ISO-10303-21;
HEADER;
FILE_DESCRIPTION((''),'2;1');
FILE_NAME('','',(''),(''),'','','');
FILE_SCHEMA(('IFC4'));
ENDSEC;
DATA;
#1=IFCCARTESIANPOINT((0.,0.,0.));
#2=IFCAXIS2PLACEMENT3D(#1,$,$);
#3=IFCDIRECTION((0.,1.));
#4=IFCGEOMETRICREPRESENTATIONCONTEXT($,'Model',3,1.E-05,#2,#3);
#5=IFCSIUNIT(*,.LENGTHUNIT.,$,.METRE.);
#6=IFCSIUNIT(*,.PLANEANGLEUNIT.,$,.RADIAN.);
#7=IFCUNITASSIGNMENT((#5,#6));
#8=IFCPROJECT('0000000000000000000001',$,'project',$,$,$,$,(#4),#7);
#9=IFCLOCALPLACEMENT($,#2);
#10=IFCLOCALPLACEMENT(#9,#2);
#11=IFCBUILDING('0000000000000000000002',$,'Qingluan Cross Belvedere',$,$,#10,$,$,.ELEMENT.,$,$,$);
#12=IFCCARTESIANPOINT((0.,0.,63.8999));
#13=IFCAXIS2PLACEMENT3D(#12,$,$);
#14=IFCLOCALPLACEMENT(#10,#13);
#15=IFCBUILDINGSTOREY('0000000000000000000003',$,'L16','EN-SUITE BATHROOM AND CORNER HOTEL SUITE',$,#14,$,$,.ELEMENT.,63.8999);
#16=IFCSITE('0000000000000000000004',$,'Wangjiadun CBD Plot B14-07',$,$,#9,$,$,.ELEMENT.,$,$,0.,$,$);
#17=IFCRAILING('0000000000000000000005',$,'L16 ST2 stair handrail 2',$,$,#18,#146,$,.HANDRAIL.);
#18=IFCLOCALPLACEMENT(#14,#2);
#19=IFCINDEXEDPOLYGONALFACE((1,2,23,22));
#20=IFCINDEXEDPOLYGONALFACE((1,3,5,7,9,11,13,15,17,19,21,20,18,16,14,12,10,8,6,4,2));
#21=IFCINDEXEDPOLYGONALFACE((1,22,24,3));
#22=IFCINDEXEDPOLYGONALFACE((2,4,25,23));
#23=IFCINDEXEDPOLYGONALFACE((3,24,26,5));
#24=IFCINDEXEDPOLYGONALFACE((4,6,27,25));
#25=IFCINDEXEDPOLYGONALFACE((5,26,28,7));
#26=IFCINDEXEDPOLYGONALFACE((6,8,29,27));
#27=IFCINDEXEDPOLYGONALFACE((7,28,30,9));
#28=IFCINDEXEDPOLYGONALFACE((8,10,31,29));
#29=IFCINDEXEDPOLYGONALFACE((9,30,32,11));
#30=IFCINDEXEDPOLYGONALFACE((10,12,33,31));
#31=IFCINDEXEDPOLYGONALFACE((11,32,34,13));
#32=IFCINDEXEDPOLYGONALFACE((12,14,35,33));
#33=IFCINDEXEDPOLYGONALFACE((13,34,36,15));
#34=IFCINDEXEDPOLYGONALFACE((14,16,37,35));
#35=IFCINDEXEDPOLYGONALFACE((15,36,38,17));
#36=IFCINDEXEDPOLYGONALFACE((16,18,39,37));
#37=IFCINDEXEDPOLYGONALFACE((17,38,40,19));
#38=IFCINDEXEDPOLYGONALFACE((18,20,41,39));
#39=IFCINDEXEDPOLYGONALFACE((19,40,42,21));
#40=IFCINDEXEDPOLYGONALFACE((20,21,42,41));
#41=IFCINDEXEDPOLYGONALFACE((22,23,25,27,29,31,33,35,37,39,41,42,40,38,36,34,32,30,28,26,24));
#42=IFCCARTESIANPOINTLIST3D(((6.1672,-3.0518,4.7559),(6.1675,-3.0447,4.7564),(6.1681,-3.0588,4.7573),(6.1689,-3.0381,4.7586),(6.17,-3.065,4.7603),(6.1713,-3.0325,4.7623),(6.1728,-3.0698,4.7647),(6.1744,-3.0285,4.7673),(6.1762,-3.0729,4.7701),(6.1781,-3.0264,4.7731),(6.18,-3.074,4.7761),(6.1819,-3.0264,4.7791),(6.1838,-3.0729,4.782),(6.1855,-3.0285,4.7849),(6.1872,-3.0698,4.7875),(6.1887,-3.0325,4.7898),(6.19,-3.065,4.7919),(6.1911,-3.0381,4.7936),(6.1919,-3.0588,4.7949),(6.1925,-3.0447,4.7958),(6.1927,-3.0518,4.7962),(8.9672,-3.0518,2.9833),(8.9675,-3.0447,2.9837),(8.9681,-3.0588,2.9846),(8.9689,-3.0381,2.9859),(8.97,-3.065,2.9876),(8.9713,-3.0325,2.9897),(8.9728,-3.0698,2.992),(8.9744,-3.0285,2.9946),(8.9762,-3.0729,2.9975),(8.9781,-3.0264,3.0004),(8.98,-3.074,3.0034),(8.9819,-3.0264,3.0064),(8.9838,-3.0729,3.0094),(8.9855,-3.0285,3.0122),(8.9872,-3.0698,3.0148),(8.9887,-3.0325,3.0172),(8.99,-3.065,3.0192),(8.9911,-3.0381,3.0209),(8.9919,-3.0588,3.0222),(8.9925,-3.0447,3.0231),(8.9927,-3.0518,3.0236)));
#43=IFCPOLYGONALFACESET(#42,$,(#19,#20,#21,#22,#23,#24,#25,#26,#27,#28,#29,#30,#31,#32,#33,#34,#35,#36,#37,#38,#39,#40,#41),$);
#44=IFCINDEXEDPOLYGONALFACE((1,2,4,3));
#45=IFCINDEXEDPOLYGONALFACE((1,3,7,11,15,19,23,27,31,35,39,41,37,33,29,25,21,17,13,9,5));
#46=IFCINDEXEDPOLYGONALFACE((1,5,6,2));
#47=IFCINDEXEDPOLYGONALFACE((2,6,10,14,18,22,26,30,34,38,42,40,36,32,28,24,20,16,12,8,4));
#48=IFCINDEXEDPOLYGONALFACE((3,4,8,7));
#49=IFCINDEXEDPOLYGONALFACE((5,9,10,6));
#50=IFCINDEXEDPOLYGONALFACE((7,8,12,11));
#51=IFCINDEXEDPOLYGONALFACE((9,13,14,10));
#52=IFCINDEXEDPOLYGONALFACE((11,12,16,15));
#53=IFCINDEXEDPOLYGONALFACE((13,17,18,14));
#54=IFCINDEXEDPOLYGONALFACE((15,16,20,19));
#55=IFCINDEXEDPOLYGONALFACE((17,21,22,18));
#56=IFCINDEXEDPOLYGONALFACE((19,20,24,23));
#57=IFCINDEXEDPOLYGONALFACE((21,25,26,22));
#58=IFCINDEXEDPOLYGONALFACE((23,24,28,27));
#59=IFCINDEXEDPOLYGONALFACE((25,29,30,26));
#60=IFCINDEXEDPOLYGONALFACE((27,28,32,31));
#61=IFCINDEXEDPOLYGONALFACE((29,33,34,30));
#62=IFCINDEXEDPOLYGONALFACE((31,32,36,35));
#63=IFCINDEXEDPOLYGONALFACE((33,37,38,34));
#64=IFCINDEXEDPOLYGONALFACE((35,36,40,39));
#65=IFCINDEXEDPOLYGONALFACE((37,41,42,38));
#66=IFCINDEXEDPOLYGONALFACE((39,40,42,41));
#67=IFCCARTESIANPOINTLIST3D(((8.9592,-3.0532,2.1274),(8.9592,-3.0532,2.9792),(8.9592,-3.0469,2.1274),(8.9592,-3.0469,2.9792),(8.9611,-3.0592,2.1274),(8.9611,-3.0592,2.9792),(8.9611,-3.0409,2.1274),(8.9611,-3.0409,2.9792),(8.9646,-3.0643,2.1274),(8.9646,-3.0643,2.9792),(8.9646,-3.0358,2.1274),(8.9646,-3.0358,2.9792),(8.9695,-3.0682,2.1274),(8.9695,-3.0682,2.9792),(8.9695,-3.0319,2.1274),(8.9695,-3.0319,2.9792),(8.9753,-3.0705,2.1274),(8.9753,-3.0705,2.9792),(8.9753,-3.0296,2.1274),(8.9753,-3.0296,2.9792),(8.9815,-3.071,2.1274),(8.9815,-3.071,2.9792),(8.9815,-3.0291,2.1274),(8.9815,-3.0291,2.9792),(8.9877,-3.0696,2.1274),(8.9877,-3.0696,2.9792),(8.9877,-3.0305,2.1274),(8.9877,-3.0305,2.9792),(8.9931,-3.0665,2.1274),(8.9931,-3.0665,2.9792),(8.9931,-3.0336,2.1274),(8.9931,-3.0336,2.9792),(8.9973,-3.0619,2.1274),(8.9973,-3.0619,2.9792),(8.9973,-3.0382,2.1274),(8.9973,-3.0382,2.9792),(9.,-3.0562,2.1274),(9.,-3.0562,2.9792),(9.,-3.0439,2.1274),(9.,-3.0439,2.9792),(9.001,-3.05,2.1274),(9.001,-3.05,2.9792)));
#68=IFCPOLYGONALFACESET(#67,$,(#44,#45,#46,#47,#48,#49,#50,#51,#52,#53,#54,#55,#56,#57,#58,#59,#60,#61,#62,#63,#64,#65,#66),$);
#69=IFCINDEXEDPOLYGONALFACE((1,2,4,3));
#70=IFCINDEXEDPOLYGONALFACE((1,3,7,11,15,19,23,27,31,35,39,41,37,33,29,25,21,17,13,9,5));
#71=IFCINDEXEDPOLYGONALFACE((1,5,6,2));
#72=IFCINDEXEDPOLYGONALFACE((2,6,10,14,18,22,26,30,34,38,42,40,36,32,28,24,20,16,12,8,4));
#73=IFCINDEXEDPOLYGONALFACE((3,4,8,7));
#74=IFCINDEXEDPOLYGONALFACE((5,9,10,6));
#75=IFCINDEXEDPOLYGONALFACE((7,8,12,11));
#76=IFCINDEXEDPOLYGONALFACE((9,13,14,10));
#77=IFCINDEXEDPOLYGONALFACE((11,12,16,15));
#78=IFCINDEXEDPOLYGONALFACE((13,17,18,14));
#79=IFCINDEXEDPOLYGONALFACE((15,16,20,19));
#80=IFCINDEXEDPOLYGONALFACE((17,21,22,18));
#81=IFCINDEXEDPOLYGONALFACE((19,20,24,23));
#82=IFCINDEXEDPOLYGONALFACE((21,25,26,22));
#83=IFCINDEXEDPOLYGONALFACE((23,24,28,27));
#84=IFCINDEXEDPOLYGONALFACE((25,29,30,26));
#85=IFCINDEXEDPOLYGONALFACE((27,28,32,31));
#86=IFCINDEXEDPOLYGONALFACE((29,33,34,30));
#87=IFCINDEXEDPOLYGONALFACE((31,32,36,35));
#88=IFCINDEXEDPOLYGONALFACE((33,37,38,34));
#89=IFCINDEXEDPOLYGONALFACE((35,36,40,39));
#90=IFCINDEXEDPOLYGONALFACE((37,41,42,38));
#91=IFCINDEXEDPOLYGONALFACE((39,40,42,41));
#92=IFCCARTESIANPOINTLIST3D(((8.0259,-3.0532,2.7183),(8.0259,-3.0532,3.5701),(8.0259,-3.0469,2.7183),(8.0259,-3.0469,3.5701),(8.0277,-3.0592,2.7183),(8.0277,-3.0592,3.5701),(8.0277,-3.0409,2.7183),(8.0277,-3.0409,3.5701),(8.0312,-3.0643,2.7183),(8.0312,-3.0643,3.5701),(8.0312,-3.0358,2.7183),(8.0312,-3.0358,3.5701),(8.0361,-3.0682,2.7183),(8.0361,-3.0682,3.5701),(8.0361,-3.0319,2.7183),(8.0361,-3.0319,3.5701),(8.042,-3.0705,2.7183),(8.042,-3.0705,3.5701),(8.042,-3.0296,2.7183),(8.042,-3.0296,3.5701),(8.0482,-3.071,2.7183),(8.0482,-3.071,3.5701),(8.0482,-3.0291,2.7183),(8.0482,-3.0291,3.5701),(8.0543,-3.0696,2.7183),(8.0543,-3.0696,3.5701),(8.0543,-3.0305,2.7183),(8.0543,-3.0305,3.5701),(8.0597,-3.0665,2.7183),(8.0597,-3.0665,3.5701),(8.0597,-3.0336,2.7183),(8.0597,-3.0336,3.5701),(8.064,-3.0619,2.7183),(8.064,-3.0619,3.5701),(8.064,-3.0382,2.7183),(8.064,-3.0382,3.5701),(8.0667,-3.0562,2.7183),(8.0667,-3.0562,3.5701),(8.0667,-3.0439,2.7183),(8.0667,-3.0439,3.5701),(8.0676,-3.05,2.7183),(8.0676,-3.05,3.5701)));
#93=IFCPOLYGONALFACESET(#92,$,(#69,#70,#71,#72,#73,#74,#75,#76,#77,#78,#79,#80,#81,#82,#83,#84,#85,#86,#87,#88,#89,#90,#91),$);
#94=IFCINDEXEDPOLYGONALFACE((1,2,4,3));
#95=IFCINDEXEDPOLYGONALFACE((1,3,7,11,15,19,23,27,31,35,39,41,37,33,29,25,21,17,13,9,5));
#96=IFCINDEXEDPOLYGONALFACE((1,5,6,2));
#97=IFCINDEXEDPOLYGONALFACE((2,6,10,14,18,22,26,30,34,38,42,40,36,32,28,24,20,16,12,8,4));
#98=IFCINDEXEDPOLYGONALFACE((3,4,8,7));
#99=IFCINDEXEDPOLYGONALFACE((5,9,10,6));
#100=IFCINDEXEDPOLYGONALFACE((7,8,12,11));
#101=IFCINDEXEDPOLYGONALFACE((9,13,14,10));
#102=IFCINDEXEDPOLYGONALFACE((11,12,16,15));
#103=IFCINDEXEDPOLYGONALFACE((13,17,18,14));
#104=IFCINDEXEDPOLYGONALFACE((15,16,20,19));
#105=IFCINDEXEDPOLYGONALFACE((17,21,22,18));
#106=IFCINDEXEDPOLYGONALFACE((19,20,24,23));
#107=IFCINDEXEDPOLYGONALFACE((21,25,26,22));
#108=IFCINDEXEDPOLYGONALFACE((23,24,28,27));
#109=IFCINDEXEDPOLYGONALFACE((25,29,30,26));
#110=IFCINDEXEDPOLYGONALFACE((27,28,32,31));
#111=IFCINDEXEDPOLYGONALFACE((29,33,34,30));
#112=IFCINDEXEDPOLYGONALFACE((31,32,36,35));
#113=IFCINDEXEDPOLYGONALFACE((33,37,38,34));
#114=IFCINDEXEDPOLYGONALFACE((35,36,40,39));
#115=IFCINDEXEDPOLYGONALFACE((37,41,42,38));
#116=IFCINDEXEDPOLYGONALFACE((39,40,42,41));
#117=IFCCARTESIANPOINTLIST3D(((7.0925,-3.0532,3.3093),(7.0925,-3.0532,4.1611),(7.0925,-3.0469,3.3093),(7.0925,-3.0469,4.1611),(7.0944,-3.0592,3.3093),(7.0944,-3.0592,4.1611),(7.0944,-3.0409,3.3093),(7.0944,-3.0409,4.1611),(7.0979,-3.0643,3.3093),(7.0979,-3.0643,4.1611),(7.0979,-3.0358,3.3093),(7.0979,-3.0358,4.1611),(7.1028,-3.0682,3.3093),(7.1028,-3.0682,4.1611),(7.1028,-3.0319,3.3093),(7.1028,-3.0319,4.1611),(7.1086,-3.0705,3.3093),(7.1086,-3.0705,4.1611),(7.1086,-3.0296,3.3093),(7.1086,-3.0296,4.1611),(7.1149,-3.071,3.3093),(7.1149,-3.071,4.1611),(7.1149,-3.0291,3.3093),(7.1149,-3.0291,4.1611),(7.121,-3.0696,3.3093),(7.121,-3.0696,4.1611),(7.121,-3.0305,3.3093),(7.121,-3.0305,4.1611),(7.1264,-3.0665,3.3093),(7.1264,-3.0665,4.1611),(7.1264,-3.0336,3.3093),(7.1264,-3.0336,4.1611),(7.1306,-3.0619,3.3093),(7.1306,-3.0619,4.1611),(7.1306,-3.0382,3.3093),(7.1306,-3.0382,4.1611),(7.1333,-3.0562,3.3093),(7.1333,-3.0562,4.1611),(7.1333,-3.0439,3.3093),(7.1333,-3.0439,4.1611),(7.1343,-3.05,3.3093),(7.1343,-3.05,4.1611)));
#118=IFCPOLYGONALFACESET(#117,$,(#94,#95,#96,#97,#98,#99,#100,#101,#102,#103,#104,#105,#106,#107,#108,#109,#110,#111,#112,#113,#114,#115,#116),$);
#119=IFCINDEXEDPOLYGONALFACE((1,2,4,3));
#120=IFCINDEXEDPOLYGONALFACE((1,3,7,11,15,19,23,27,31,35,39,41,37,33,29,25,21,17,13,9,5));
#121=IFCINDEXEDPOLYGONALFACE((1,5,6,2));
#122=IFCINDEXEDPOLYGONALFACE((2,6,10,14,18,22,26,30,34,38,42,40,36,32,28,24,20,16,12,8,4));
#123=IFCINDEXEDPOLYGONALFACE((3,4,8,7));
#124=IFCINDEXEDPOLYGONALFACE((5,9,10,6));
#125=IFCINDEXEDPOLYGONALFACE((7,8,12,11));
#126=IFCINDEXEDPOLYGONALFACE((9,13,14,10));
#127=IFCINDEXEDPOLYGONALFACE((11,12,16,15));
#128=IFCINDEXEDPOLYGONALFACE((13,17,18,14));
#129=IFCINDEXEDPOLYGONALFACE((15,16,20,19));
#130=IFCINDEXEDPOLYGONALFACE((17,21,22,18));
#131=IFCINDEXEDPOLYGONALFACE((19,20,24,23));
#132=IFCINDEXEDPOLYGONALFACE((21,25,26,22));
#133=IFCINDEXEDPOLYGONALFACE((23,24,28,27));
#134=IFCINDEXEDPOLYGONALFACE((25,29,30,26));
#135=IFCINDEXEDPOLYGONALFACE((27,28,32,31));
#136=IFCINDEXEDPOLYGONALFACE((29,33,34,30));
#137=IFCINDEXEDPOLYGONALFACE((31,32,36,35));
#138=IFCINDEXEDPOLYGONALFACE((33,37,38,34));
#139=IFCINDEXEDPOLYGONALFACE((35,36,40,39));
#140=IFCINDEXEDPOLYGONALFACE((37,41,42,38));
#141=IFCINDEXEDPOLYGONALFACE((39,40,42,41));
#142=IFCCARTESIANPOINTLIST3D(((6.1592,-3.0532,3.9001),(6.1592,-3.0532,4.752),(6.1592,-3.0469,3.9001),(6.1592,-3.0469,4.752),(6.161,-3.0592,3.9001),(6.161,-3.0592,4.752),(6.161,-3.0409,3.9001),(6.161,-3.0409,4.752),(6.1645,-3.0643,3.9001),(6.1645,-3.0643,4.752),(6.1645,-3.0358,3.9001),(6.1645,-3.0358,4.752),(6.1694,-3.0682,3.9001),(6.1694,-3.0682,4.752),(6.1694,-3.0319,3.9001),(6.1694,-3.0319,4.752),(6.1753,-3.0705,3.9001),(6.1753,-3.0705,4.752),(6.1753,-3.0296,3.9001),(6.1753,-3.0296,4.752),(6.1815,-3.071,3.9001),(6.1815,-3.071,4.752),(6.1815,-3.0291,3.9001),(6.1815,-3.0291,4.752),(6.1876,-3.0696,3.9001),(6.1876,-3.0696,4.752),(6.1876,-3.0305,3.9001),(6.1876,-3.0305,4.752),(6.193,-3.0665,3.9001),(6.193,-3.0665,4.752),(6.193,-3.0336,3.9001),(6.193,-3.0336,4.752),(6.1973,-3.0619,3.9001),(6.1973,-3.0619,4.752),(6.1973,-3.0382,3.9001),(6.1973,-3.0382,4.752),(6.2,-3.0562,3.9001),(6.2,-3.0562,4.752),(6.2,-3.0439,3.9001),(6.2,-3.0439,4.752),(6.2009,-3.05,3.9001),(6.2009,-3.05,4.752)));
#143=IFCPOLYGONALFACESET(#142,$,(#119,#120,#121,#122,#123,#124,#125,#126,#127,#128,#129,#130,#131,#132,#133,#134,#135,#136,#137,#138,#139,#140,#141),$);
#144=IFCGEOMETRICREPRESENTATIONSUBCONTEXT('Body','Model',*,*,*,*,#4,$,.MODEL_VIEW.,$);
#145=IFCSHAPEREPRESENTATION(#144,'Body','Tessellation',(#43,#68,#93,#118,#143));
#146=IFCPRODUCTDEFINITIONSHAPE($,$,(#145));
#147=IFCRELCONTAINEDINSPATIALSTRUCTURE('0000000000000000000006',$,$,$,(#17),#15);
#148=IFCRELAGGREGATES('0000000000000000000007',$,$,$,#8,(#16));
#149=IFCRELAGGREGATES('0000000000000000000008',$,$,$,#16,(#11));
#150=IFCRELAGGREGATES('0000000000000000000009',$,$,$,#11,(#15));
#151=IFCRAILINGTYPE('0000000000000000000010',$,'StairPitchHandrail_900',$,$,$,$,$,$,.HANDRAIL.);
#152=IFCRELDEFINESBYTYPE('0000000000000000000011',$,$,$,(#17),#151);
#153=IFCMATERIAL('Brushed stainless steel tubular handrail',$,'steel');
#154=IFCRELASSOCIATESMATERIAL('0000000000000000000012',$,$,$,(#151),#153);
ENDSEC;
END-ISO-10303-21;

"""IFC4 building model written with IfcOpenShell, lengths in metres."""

from ifc_helpers import new_model, si_unit, direction, frame, origin, origin_2d, place, context, subcontext, project, spatial, circle, extrude, material, type_object, element, save


model = new_model("IFC4")

# Units and contexts
model_context = context("Model", 3, precision=1e-05, world=origin(), true_north=direction((0.0, 1.0)))
body_context = subcontext(model_context, "Body", "Model", "MODEL_VIEW")
ifc_project = project(units=[si_unit("LENGTHUNIT", "METRE"), si_unit("PLANEANGLEUNIT", "RADIAN")], contexts=[model_context])

# Site, building, storey
site_placement = place(None, origin())
site = spatial("IfcSite", under=ifc_project, at=site_placement, Name="Wangjiadun CBD Plot B14-07", CompositionType="ELEMENT", RefElevation=0.0)
building_placement = place(site_placement, origin())
building = spatial("IfcBuilding", under=site, at=building_placement, Name="Qingluan Cross Belvedere", CompositionType="ELEMENT")
storey_placement = place(building_placement, frame((0.0, 0.0, 63.8999)))
storey = spatial("IfcBuildingStorey", under=building, at=storey_placement, Name="L16", Description="EN-SUITE BATHROOM AND CORNER HOTEL SUITE", CompositionType="ELEMENT", Elevation=63.8999)

# Railing
ifc_material_1 = material(Name="Brushed stainless steel tubular handrail", Category="steel")
railing_type_1 = type_object("IfcRailingType", Name="StairPitchHandrail_900", PredefinedType="HANDRAIL", material=ifc_material_1)
railing_1_placement = place(storey_placement, frame((8.98, -3.05, 2.1274)))
element("IfcRailing", 1, at=railing_1_placement, inside=storey, type_object=railing_type_1, Name="L16 ST2 stair handrail 2", PredefinedType="HANDRAIL", context=body_context, shape_type="SweptSolid", body=[
    extrude(circle(Radius=0.0239, at=origin_2d()), frame((0.0, 0.0, 0.876), z_axis=(-0.844909, 0.0, 0.53491), x_axis=(0.0, -1.0, 0.0)), (0.0, 0.0, 1.0), 3.314),
    extrude(circle(Radius=0.021, at=origin_2d()), origin(), (0.0, 0.0, 1.0), 0.8518),
    extrude(circle(Radius=0.021, at=origin_2d()), frame((-0.9333, 0.0, 0.5908)), (0.0, 0.0, 1.0), 0.8518),
    extrude(circle(Radius=0.021, at=origin_2d()), frame((-1.8667, 0.0, 1.1819)), (0.0, 0.0, 1.0), 0.8518),
    extrude(circle(Radius=0.021, at=origin_2d()), frame((-2.8, 0.0, 1.7727)), (0.0, 0.0, 1.0), 0.8518),
])

save(model, "model.ifc")
